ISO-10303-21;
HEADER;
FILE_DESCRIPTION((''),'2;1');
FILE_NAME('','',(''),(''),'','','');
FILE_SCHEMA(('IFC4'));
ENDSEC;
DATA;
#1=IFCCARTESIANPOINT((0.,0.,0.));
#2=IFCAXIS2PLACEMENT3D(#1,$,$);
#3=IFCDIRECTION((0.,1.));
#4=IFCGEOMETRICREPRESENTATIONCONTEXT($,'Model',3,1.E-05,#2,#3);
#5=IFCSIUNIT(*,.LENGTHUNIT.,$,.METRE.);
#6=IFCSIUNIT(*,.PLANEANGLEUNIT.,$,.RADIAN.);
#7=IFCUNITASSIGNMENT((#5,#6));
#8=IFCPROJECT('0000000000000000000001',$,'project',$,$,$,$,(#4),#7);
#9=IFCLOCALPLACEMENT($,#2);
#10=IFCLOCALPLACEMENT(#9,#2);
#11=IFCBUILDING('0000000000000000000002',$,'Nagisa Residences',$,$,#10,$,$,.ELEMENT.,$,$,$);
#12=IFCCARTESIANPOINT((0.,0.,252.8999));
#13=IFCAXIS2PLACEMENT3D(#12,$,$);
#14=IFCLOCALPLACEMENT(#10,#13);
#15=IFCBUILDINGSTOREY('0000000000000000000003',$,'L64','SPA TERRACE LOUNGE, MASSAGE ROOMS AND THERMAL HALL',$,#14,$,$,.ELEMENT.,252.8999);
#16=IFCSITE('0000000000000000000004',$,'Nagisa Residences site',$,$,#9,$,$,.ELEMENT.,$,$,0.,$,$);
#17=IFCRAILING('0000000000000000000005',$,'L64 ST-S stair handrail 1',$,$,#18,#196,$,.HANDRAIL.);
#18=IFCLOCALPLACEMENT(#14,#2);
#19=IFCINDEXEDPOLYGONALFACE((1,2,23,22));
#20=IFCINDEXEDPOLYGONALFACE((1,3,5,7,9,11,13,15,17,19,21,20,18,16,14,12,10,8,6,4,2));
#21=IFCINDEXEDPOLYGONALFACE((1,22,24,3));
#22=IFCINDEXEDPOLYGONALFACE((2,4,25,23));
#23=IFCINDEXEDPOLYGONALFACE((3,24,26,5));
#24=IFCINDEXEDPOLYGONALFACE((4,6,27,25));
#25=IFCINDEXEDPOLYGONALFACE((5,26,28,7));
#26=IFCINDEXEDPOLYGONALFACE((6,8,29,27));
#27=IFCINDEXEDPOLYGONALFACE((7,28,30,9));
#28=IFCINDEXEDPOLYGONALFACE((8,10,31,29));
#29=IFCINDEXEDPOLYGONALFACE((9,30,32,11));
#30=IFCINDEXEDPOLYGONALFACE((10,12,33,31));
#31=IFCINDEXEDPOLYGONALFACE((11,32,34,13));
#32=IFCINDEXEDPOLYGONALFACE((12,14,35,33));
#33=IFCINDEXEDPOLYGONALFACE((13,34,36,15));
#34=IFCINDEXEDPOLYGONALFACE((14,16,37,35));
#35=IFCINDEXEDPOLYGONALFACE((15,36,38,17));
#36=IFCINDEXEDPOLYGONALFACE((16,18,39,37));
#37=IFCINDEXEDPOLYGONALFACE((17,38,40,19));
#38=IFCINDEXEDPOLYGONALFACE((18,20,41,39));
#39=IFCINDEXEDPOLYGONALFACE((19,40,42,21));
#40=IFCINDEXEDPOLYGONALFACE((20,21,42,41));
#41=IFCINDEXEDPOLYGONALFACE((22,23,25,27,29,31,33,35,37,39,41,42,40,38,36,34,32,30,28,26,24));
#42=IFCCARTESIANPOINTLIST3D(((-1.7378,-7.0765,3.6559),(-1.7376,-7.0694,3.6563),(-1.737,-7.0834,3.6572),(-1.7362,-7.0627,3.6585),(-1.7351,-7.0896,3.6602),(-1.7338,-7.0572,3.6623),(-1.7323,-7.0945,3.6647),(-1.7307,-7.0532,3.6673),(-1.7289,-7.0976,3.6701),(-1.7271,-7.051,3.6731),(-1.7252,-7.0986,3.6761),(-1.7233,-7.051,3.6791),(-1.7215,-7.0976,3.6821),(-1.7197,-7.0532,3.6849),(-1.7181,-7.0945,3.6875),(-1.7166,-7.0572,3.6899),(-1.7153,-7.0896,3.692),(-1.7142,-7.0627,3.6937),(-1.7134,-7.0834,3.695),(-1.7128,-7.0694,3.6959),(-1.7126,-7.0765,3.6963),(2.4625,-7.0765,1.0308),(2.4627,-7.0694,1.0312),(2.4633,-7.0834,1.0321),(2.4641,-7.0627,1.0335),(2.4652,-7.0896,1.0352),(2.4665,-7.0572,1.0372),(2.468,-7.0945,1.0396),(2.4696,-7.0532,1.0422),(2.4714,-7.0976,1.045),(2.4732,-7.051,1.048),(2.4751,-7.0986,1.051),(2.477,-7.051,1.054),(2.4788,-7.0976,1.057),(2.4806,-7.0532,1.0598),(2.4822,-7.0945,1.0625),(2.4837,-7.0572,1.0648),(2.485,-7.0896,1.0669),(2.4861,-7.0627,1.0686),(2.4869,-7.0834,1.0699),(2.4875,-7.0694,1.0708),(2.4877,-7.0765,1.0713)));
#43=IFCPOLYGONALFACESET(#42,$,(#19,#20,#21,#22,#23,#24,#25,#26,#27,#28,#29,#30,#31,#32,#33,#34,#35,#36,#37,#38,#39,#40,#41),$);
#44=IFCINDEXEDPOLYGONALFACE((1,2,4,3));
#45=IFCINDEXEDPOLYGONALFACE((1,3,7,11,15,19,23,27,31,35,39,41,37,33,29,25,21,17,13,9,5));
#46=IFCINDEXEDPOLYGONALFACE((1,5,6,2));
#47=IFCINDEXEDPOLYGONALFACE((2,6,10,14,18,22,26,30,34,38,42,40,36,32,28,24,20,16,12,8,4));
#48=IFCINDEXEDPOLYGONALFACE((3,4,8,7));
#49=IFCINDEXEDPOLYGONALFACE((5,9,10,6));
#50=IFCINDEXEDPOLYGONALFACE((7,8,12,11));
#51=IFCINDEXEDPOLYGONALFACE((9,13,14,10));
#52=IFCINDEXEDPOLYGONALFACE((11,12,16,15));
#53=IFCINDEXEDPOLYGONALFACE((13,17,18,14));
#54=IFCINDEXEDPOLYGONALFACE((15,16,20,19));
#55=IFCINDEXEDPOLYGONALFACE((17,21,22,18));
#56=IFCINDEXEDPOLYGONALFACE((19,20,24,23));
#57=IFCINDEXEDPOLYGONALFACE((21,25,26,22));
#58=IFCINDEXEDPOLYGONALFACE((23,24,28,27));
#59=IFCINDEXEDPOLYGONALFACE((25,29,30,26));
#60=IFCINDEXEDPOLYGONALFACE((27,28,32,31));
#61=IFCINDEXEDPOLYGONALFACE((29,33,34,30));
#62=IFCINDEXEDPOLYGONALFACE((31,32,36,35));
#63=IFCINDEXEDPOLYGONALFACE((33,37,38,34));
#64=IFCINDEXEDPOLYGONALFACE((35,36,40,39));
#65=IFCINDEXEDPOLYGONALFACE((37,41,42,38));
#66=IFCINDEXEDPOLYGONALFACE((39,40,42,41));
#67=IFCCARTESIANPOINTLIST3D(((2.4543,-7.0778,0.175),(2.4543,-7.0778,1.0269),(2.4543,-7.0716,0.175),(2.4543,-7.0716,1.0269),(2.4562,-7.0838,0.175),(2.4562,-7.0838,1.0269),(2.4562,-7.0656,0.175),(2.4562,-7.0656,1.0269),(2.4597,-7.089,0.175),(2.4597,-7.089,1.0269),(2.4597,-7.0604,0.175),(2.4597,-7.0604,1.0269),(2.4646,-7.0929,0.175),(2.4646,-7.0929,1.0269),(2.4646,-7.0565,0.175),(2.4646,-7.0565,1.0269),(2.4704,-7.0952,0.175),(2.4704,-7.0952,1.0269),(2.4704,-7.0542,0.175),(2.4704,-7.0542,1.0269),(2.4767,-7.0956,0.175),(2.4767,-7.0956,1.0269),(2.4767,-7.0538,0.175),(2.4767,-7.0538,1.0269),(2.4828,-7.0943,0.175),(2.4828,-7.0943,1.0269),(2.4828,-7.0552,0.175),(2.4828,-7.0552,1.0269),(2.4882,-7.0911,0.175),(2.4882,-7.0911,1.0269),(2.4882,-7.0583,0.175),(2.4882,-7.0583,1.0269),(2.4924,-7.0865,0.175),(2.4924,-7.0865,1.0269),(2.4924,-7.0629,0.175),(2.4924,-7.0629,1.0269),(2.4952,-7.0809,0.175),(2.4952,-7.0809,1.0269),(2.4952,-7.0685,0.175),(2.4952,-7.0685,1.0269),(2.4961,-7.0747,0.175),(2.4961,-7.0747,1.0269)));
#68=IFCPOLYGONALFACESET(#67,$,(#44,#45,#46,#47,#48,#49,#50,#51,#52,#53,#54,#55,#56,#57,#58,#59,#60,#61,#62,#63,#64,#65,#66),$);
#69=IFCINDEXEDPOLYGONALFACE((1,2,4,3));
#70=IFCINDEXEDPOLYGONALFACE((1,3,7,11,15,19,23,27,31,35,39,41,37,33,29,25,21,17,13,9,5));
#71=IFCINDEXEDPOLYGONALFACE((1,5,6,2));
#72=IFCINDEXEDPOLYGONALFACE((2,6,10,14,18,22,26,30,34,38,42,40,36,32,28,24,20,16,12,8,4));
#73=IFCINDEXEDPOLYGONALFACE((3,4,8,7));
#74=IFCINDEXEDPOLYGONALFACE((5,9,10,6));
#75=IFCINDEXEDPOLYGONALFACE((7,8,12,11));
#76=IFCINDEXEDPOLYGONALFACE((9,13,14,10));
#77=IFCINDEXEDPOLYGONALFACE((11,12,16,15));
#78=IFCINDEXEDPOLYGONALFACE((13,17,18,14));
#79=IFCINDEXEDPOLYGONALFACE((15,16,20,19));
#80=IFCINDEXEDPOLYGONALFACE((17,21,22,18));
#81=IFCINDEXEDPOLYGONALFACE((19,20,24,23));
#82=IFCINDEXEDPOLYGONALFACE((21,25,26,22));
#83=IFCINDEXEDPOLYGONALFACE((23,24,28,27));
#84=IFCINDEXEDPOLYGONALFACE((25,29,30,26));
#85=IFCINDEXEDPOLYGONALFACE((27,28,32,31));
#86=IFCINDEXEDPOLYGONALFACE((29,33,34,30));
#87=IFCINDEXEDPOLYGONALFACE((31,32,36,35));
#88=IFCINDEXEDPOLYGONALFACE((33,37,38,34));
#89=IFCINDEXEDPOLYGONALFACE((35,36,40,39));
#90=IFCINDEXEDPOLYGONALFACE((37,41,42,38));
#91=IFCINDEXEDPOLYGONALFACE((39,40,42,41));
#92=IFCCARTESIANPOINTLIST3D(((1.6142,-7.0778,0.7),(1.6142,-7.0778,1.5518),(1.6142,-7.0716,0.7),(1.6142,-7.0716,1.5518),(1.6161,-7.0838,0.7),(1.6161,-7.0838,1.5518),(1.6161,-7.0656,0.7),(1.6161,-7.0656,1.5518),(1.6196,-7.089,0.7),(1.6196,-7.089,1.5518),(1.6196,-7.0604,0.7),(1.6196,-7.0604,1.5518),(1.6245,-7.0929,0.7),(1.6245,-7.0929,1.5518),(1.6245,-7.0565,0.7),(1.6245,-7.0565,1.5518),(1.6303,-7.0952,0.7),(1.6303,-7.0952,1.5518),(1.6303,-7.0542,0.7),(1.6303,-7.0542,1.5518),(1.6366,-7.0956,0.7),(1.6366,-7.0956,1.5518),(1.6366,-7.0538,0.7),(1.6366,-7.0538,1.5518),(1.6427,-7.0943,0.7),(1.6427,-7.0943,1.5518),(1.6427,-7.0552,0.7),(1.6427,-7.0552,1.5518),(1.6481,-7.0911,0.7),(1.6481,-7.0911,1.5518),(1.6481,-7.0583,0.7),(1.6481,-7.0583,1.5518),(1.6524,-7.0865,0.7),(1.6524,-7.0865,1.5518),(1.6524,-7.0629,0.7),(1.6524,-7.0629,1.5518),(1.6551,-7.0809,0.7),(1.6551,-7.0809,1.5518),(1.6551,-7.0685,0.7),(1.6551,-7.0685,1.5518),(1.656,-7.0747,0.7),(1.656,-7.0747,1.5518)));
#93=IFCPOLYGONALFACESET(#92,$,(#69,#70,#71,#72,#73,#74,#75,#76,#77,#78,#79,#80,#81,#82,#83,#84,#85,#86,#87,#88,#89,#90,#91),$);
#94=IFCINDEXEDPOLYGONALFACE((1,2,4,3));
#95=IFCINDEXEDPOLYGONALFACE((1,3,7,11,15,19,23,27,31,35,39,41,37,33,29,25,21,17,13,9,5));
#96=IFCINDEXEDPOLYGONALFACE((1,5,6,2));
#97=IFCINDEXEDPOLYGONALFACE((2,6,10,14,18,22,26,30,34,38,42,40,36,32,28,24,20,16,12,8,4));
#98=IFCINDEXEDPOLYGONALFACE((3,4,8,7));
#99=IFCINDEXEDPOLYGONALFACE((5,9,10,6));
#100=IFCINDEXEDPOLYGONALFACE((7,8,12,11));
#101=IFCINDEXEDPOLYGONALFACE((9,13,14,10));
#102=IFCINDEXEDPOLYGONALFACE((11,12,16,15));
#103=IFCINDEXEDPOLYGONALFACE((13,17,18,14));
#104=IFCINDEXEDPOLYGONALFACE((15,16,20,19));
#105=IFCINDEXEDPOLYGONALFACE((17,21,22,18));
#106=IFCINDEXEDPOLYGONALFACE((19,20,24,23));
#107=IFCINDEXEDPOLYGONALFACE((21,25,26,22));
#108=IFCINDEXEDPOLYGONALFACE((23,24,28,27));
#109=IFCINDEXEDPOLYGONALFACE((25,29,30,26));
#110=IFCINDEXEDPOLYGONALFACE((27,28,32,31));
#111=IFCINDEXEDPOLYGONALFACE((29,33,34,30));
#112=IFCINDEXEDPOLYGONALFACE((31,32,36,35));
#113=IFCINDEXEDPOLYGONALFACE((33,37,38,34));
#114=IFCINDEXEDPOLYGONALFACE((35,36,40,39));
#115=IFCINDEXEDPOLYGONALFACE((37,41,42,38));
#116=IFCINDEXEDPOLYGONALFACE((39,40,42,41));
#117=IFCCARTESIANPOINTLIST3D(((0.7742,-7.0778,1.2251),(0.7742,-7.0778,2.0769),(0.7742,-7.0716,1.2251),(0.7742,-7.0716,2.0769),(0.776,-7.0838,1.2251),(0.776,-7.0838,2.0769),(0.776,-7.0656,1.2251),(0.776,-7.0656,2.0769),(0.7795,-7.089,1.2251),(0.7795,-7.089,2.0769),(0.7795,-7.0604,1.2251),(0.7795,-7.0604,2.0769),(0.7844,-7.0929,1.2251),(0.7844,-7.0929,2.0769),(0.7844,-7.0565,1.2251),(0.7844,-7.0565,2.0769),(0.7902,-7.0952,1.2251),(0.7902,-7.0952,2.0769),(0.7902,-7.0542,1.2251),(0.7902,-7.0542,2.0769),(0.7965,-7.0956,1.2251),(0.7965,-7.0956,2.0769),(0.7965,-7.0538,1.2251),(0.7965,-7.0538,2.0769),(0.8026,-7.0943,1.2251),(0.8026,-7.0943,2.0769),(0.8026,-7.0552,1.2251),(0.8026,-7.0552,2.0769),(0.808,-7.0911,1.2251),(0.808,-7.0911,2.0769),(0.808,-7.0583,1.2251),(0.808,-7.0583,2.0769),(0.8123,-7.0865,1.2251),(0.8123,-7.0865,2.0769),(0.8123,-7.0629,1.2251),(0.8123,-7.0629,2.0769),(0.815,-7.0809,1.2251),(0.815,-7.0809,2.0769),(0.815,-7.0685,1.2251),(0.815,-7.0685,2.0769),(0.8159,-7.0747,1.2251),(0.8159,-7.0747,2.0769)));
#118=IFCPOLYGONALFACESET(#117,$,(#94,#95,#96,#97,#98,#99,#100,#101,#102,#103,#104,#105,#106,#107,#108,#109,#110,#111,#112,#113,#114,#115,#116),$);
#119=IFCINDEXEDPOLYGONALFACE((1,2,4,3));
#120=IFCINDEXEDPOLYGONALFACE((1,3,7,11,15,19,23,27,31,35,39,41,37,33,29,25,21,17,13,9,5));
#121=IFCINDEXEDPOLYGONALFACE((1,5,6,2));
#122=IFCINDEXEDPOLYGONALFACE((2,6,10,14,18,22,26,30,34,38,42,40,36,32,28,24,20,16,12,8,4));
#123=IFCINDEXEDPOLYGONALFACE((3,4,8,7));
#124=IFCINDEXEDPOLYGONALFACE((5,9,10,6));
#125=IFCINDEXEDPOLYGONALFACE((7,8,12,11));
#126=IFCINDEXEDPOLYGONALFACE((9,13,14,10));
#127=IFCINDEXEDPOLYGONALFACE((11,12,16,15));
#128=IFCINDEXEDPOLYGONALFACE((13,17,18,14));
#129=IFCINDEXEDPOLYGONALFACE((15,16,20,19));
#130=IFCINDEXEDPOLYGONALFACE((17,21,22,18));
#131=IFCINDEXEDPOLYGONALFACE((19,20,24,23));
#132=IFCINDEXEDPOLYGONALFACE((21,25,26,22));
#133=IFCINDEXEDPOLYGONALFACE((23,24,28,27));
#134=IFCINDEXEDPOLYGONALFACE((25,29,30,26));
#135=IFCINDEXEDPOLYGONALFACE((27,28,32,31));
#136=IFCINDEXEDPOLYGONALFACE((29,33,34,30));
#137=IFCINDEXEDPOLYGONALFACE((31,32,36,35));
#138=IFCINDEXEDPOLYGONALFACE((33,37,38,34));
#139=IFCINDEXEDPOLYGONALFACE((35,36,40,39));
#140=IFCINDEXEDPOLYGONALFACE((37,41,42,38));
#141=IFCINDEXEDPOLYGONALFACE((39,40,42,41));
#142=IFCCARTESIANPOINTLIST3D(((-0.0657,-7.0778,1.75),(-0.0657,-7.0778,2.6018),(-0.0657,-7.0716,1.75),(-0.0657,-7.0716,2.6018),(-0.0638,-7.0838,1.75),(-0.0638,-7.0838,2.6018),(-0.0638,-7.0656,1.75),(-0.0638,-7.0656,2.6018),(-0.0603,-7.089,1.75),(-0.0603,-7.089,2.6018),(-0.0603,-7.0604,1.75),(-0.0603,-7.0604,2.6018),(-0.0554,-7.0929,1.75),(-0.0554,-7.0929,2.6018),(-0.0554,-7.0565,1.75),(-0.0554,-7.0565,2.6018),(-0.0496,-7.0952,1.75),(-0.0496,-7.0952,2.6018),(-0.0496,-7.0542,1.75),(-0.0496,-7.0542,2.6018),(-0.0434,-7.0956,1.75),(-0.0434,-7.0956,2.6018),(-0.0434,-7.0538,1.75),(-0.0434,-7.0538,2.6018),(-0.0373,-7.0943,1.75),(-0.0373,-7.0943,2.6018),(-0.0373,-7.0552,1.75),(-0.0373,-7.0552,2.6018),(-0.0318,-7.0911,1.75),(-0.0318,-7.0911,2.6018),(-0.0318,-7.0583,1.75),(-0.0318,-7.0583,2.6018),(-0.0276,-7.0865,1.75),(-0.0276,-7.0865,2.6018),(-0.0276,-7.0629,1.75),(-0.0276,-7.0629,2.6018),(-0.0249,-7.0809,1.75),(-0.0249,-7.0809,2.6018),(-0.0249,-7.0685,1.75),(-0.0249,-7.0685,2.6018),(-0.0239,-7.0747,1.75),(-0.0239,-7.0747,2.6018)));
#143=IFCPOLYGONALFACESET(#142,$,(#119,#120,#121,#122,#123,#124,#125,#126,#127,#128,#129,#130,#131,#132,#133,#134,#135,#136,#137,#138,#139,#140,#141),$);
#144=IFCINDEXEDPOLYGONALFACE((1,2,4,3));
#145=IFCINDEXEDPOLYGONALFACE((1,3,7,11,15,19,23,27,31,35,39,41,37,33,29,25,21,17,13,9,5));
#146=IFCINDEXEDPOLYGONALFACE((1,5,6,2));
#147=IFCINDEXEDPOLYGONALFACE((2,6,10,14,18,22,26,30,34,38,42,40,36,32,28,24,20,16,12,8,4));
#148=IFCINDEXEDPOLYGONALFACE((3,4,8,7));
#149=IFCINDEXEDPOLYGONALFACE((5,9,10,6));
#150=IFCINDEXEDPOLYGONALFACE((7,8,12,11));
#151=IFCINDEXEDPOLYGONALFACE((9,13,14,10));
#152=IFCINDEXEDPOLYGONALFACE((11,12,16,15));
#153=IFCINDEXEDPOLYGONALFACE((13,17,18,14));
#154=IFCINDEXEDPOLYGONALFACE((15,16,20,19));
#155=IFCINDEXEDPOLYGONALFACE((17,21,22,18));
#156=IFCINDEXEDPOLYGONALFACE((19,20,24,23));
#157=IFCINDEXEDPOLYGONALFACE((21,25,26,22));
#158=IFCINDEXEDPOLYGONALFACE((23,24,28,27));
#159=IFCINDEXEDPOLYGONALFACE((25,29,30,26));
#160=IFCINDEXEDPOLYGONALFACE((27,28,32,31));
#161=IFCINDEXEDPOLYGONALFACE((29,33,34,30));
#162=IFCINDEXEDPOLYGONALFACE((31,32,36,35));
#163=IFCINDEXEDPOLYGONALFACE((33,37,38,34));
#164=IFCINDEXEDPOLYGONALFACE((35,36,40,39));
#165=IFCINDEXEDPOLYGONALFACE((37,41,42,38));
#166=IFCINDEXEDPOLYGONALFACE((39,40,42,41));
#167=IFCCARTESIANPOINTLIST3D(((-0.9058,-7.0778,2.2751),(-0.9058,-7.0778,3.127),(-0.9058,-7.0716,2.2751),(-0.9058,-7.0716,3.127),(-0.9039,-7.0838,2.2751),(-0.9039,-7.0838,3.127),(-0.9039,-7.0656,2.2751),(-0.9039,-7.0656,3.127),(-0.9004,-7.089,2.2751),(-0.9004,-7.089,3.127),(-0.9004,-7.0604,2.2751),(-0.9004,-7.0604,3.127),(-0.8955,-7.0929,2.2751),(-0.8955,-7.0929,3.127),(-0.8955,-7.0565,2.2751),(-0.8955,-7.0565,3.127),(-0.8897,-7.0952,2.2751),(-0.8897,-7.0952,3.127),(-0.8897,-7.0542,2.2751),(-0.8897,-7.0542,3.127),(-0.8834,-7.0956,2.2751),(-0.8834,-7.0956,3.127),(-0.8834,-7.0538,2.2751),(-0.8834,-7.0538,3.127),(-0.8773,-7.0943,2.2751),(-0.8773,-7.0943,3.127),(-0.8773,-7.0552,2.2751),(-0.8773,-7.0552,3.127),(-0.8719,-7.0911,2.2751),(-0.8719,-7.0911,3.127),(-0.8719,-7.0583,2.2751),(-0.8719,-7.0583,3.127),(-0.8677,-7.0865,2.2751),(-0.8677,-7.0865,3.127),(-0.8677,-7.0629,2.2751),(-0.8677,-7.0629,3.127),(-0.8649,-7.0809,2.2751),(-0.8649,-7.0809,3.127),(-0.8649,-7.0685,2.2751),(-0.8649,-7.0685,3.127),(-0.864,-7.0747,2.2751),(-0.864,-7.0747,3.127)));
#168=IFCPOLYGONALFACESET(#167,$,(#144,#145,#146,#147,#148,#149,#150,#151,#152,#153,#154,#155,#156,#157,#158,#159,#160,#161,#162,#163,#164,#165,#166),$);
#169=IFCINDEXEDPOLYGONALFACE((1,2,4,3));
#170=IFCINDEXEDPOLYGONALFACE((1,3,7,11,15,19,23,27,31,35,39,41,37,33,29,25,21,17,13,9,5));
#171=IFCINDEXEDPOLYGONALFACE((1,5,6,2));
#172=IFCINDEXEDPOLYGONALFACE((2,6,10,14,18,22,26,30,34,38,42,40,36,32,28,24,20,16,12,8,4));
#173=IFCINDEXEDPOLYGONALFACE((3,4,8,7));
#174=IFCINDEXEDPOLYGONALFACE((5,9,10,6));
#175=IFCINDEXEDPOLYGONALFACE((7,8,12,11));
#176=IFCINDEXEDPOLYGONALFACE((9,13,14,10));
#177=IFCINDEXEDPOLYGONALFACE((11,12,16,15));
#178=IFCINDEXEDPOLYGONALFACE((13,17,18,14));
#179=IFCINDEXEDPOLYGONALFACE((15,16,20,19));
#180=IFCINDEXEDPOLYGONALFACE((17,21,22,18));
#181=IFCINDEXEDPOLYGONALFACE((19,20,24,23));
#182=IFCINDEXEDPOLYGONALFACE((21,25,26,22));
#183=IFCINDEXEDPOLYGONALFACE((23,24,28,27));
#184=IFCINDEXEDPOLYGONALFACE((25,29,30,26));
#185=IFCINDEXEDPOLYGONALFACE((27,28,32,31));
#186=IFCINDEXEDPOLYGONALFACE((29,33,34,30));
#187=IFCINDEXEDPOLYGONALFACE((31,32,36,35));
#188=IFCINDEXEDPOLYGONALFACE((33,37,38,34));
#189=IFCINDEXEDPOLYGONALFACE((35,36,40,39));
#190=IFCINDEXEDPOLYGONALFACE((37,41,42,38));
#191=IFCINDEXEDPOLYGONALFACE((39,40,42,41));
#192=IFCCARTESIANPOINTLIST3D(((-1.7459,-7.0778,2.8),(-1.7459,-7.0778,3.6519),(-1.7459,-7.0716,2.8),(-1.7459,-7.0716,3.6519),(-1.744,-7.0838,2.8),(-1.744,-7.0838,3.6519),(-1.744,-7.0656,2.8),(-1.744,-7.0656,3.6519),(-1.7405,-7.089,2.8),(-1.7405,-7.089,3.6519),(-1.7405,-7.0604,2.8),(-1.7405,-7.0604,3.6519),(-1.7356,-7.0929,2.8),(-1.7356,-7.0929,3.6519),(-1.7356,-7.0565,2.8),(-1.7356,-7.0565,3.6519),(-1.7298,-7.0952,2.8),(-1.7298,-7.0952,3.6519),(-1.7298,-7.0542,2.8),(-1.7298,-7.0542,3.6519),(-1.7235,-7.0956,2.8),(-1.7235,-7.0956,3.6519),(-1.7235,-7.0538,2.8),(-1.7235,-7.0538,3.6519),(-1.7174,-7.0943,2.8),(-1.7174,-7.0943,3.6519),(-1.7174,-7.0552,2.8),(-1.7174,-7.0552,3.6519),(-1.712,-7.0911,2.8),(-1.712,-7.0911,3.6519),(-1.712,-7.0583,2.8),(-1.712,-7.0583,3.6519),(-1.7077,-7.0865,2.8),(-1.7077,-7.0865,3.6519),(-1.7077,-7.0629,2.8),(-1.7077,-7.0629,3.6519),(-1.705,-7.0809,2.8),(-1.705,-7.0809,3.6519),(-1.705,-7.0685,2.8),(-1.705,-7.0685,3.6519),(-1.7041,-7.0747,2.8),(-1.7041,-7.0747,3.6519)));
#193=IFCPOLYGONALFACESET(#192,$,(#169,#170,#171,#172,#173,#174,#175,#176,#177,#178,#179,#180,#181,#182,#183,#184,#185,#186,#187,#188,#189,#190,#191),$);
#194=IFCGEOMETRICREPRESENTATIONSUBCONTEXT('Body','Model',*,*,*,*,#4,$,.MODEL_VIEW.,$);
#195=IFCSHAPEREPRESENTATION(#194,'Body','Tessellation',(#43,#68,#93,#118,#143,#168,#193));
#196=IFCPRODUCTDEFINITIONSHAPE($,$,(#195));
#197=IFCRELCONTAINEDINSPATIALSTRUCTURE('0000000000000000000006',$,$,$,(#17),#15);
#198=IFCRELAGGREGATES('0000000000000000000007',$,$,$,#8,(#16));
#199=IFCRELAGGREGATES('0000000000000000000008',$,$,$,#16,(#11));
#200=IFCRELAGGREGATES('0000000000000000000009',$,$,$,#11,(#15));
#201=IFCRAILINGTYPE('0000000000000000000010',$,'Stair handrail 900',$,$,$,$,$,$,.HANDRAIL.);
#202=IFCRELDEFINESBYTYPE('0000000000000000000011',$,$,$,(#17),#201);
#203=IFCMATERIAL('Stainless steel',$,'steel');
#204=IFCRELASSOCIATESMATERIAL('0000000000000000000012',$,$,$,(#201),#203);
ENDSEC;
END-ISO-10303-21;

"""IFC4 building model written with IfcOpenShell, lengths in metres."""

from ifc_helpers import new_model, si_unit, direction, frame, origin, origin_2d, place, context, subcontext, project, spatial, circle, extrude, material, type_object, element, save


model = new_model("IFC4")

# Units and contexts
model_context = context("Model", 3, precision=1e-05, world=origin(), true_north=direction((0.0, 1.0)))
body_context = subcontext(model_context, "Body", "Model", "MODEL_VIEW")
ifc_project = project(units=[si_unit("LENGTHUNIT", "METRE"), si_unit("PLANEANGLEUNIT", "RADIAN")], contexts=[model_context])

# Site, building, storey
site_placement = place(None, origin())
site = spatial("IfcSite", under=ifc_project, at=site_placement, Name="Nagisa Residences site", CompositionType="ELEMENT", RefElevation=0.0)
building_placement = place(site_placement, origin())
building = spatial("IfcBuilding", under=site, at=building_placement, Name="Nagisa Residences", CompositionType="ELEMENT")
storey_placement = place(building_placement, frame((0.0, 0.0, 252.8999)))
storey = spatial("IfcBuildingStorey", under=building, at=storey_placement, Name="L64", Description="SPA TERRACE LOUNGE, MASSAGE ROOMS AND THERMAL HALL", CompositionType="ELEMENT", Elevation=252.8999)

# Railing
ifc_material_1 = material(Name="Stainless steel", Category="steel")
railing_type_1 = type_object("IfcRailingType", Name="Stair handrail 900", PredefinedType="HANDRAIL", material=ifc_material_1)
railing_1_placement = place(storey_placement, frame((2.4751, -7.0747, 0.175)))
element("IfcRailing", 1, at=railing_1_placement, inside=storey, type_object=railing_type_1, Name="L64 ST-S stair handrail 1", PredefinedType="HANDRAIL", context=body_context, shape_type="SweptSolid", body=[
    extrude(circle(Radius=0.0239, at=origin_2d()), frame((0.0, 0.0, 0.876), z_axis=(-0.848009, 0.0, 0.529981), x_axis=(0.0, -1.0, 0.0)), (0.0, 0.0, 1.0), 4.9531),
    extrude(circle(Radius=0.021, at=origin_2d()), origin(), (0.0, 0.0, 1.0), 0.8518),
    extrude(circle(Radius=0.021, at=origin_2d()), frame((-0.8401, 0.0, 0.5249)), (0.0, 0.0, 1.0), 0.8518),
    extrude(circle(Radius=0.021, at=origin_2d()), frame((-1.6802, 0.0, 1.05)), (0.0, 0.0, 1.0), 0.8518),
    extrude(circle(Radius=0.021, at=origin_2d()), frame((-2.52, 0.0, 1.575)), (0.0, 0.0, 1.0), 0.8518),
    extrude(circle(Radius=0.021, at=origin_2d()), frame((-3.3601, 0.0, 2.1001)), (0.0, 0.0, 1.0), 0.8518),
    extrude(circle(Radius=0.021, at=origin_2d()), frame((-4.2002, 0.0, 2.625)), (0.0, 0.0, 1.0), 0.8518),
])

save(model, "model.ifc")
